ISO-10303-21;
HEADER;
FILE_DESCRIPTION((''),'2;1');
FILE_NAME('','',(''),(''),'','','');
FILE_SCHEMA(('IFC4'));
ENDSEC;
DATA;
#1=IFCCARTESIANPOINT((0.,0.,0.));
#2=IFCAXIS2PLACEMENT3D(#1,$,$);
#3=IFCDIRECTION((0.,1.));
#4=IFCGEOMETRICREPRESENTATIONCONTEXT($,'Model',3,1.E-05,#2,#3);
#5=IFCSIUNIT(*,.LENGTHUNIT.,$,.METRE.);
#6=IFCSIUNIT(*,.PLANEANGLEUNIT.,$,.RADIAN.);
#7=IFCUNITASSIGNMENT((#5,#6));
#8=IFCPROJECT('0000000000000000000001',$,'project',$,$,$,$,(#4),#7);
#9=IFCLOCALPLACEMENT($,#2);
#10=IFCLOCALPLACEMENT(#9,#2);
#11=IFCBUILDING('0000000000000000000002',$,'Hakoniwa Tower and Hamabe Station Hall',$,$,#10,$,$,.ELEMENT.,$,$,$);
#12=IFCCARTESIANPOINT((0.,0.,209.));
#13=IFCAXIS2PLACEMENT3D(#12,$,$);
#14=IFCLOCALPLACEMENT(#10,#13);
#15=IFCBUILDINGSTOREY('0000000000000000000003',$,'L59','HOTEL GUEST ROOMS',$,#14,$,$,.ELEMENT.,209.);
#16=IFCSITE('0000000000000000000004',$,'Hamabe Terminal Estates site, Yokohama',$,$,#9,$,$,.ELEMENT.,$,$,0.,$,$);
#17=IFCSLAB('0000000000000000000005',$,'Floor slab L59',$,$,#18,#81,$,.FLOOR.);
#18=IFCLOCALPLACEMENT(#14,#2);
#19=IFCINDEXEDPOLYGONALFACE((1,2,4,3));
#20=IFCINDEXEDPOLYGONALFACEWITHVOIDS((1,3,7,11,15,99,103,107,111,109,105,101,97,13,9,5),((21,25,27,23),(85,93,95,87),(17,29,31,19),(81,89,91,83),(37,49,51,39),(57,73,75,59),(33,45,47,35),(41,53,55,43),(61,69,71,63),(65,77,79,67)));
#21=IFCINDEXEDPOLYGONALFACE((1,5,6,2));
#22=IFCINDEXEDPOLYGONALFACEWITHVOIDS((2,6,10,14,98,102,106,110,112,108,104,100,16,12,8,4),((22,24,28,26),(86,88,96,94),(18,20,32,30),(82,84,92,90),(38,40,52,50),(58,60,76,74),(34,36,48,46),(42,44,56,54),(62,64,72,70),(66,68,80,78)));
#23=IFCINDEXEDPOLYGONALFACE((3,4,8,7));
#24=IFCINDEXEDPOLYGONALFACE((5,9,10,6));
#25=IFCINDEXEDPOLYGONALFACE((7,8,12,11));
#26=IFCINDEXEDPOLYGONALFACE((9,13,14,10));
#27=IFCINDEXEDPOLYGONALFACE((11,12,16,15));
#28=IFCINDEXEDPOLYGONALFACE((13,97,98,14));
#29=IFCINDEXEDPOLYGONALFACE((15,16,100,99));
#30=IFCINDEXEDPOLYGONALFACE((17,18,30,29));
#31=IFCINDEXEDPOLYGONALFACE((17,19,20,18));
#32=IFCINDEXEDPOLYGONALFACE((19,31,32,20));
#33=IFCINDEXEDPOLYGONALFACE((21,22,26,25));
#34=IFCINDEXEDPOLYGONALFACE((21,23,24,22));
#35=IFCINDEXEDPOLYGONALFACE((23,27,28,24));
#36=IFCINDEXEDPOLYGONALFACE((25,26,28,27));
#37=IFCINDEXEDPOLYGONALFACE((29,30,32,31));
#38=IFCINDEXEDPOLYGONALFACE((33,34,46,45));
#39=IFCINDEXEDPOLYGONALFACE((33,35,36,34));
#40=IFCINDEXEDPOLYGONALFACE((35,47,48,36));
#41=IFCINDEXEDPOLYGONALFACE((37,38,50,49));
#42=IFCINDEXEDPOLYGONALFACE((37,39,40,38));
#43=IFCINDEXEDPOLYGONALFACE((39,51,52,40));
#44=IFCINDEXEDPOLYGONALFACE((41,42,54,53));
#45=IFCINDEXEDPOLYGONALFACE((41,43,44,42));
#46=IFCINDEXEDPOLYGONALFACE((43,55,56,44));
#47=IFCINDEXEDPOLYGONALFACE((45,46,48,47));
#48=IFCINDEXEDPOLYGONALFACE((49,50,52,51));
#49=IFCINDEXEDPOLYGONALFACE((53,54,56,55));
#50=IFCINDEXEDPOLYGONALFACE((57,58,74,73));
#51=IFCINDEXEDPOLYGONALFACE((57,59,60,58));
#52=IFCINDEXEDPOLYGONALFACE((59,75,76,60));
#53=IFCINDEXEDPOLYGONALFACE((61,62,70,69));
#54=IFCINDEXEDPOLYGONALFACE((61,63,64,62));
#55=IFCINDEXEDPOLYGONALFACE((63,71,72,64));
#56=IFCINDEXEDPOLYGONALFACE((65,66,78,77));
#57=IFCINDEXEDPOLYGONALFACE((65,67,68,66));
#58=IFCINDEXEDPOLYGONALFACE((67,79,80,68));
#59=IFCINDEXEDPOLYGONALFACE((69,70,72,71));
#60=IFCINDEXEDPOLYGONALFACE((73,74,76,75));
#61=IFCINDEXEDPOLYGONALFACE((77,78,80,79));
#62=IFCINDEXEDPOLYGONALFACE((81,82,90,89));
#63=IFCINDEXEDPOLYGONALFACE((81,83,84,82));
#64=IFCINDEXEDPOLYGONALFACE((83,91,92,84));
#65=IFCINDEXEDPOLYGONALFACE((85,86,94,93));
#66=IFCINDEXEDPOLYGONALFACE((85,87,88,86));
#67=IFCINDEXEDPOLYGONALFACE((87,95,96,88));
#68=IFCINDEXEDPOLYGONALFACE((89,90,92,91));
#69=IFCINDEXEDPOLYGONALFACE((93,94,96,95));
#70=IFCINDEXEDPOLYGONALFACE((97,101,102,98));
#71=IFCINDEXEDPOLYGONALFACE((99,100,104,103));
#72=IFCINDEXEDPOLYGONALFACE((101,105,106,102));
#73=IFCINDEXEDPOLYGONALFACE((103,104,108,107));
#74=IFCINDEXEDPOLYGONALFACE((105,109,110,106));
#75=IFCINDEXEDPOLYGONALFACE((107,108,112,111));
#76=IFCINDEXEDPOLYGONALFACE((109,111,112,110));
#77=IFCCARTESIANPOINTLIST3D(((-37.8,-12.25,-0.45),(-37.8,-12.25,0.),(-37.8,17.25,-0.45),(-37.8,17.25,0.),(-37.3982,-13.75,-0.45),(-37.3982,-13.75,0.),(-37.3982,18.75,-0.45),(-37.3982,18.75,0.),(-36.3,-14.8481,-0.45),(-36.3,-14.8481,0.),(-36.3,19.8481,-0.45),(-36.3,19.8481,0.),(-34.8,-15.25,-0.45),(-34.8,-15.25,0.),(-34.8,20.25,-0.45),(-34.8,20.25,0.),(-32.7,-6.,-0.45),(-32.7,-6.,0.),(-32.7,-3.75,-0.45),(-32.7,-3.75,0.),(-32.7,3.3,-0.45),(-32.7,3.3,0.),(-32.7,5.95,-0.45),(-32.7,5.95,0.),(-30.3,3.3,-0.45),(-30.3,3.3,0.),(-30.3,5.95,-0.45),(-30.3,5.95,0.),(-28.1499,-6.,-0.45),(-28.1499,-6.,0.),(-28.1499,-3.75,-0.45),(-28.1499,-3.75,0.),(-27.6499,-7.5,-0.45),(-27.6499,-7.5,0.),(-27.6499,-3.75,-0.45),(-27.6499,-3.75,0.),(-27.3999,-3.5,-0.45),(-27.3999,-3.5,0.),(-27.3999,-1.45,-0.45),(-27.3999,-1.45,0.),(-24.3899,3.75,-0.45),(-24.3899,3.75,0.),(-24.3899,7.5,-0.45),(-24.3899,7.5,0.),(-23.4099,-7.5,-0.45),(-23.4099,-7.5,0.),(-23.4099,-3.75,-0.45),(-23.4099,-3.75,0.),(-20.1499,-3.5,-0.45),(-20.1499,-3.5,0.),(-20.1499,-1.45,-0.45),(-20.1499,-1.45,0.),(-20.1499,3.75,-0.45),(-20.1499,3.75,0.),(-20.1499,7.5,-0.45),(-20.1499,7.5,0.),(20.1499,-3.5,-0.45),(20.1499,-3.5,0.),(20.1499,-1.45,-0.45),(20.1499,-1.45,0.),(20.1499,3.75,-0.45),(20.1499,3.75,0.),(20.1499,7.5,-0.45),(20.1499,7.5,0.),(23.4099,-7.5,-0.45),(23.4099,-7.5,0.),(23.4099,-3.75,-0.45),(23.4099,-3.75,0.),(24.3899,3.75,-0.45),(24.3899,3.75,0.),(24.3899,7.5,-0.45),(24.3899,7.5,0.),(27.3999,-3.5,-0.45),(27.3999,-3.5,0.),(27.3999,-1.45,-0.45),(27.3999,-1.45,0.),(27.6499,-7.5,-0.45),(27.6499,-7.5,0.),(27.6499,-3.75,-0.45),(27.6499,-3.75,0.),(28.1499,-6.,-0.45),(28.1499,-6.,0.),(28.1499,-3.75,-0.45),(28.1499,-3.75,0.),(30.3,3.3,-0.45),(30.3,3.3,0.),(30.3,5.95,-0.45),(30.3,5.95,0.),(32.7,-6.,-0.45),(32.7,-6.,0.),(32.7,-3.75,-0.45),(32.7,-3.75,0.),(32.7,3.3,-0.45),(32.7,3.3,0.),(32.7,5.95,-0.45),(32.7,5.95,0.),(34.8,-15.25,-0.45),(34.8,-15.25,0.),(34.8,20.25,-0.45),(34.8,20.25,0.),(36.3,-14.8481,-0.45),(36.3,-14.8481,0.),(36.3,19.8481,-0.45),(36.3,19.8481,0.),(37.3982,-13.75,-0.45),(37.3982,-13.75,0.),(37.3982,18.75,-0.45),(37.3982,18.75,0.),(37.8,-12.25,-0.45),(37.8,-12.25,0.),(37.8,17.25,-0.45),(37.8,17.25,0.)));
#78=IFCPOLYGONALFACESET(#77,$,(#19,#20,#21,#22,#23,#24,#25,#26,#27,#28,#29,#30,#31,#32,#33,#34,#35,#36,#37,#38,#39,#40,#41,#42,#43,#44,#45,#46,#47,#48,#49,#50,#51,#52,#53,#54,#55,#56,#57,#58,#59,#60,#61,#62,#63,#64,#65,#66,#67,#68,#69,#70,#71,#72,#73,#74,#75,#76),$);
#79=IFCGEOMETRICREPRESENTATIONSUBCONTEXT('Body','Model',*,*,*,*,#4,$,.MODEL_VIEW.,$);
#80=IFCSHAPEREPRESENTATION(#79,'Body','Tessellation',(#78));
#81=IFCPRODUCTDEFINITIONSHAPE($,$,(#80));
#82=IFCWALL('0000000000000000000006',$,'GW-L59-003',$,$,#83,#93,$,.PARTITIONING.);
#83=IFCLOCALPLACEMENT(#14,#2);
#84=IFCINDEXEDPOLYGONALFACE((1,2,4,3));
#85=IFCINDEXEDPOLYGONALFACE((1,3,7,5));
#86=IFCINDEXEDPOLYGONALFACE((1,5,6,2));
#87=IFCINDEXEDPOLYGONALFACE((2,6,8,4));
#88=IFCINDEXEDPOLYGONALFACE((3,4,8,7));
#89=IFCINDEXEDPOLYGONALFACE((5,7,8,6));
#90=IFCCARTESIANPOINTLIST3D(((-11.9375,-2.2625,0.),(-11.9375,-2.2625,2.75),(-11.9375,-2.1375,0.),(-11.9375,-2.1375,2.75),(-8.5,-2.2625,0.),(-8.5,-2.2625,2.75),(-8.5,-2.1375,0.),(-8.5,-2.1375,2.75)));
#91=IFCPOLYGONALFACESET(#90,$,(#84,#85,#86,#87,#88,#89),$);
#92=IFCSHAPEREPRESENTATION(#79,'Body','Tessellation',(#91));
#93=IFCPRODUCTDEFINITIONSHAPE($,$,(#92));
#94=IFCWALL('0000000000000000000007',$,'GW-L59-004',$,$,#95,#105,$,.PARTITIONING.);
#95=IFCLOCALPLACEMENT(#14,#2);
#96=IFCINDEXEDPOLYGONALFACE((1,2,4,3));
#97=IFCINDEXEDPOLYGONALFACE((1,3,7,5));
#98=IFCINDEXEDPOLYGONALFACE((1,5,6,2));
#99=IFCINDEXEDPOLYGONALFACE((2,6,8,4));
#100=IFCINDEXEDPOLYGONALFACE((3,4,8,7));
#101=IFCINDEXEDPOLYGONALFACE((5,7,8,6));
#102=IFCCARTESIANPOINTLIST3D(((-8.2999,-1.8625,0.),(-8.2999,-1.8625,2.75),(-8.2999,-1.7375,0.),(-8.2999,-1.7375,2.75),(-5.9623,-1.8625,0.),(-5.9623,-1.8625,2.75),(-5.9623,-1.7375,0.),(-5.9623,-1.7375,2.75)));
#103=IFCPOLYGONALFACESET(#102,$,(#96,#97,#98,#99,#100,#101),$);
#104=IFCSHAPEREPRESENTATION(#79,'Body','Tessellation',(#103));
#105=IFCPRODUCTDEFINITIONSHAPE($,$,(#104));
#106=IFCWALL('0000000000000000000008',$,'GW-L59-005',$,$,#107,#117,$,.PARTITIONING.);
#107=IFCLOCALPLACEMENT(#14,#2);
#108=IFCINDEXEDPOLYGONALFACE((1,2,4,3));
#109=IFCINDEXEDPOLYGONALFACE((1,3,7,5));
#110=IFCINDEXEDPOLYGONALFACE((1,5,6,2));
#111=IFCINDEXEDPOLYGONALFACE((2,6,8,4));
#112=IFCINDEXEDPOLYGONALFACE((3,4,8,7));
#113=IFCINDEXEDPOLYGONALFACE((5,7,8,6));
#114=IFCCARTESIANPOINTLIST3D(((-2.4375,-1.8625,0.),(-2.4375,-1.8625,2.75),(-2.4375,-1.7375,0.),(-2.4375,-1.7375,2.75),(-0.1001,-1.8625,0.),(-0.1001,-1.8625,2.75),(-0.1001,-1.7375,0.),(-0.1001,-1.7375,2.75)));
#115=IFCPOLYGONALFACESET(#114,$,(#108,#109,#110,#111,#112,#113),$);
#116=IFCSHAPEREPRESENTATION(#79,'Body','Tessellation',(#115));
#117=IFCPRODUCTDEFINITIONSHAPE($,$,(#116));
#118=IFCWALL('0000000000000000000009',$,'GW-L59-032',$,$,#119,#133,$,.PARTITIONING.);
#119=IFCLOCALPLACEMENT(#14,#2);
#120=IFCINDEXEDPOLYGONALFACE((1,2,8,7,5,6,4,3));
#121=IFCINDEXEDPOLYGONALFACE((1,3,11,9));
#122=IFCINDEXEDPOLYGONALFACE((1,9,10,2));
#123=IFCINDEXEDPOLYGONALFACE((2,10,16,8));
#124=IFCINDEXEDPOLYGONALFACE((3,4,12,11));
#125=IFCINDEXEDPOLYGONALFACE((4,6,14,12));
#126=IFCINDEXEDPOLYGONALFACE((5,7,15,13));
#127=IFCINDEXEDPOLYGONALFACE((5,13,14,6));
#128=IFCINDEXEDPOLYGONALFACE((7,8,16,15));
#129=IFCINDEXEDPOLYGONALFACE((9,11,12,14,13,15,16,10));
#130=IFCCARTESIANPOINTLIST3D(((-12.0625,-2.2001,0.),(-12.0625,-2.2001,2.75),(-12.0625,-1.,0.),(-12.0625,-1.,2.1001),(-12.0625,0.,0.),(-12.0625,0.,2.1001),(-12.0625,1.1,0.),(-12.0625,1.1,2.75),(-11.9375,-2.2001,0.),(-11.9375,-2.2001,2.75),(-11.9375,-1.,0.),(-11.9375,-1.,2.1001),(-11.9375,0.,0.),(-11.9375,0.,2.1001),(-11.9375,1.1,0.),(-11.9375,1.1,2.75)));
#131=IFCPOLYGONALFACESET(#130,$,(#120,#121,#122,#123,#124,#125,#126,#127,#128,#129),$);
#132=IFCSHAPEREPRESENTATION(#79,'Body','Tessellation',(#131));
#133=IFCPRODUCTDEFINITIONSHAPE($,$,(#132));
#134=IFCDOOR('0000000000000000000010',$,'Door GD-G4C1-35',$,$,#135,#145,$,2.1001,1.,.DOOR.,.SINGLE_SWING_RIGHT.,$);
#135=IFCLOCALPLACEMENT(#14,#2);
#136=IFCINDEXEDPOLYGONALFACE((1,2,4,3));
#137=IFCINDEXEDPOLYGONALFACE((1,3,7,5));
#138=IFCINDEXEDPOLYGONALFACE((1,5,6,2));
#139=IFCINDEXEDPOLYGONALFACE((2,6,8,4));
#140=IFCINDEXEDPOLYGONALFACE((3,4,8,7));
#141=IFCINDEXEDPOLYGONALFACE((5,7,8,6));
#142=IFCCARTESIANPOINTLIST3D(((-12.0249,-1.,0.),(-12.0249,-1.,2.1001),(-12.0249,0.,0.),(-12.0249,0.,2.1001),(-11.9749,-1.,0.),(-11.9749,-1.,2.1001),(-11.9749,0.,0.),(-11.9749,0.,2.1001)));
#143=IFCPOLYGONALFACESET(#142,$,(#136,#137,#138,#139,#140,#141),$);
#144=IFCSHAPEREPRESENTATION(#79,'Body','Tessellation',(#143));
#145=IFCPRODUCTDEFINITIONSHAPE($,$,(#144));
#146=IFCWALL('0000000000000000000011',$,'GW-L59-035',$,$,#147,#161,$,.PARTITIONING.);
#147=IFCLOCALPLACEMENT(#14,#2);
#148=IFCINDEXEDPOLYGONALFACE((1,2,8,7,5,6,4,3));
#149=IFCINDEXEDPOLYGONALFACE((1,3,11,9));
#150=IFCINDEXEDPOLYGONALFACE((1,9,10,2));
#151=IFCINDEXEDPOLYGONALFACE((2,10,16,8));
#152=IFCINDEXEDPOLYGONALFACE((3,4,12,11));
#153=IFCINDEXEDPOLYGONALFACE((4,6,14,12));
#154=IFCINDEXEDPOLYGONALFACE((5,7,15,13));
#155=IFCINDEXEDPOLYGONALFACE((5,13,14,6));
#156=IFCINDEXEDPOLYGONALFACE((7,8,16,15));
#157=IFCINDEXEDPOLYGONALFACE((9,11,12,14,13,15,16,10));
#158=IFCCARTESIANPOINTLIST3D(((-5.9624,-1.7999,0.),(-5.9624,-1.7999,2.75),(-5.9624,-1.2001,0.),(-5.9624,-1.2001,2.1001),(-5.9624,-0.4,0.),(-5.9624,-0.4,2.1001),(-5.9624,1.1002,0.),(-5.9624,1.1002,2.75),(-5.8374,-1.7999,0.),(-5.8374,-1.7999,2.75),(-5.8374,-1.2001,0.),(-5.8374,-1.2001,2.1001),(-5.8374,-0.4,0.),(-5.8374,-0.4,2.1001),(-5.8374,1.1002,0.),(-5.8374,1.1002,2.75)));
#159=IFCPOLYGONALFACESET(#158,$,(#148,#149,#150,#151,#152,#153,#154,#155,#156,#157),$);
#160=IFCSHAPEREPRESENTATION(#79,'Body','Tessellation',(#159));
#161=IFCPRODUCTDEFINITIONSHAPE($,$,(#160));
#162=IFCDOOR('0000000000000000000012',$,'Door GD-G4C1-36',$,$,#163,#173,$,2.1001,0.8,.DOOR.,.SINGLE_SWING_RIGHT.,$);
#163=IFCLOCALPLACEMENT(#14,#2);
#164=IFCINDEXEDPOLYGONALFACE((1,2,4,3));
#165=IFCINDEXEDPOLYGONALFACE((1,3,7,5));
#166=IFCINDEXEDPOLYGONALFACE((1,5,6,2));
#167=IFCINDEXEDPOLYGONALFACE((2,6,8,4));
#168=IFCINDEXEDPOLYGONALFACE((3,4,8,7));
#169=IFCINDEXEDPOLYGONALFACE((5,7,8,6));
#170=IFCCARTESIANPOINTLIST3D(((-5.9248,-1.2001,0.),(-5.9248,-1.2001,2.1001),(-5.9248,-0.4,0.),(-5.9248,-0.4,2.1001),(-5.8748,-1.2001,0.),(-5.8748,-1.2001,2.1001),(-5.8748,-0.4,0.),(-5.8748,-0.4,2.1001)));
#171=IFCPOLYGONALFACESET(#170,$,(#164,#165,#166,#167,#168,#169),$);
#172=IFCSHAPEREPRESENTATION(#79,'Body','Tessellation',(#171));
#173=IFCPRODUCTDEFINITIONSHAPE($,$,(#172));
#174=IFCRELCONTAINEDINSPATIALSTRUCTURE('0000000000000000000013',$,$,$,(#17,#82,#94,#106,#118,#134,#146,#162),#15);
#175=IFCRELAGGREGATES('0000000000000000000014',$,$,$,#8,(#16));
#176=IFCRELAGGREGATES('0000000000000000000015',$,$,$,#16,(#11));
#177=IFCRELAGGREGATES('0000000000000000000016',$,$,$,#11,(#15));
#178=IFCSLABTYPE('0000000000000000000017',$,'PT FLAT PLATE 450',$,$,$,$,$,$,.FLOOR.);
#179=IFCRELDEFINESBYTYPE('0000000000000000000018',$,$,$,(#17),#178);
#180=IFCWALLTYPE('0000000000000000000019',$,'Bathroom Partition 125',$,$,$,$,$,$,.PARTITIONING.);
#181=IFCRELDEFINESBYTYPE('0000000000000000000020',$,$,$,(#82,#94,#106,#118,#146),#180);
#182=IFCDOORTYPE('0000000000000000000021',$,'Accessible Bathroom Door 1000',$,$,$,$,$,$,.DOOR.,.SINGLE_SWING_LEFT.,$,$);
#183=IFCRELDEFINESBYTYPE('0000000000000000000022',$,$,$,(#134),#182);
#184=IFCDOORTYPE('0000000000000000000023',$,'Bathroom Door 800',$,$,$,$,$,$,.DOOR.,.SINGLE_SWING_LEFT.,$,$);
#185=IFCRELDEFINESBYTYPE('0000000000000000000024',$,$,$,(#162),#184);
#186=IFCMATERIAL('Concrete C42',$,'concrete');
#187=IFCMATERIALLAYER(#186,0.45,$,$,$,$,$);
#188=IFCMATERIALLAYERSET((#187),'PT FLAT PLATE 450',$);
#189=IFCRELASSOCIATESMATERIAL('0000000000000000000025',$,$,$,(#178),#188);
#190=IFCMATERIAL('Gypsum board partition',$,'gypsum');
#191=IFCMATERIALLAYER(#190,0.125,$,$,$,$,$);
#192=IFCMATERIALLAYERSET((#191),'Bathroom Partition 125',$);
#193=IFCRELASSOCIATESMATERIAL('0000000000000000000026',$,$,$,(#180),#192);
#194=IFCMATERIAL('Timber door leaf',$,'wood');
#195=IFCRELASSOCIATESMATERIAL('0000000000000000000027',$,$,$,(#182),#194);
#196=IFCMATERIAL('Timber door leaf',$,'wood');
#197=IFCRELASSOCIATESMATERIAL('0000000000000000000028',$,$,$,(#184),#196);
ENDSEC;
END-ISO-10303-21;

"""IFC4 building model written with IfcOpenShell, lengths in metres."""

from ifc_helpers import new_model, si_unit, direction, frame, frame_2d, origin, place, context, subcontext, project, spatial, polyline, rectangle, outline, extrude, material, layer, layer_set, type_object, element, fill, save


model = new_model("IFC4")

# Units and contexts
model_context = context("Model", 3, precision=1e-05, world=origin(), true_north=direction((0.0, 1.0)))
body_context = subcontext(model_context, "Body", "Model", "MODEL_VIEW")
ifc_project = project(units=[si_unit("LENGTHUNIT", "METRE"), si_unit("PLANEANGLEUNIT", "RADIAN")], contexts=[model_context])

# Site, building, storey
site_placement = place(None, origin())
site = spatial("IfcSite", under=ifc_project, at=site_placement, Name="Hamabe Terminal Estates site, Yokohama", CompositionType="ELEMENT", RefElevation=0.0)
building_placement = place(site_placement, origin())
building = spatial("IfcBuilding", under=site, at=building_placement, Name="Hakoniwa Tower and Hamabe Station Hall", CompositionType="ELEMENT")
storey_placement = place(building_placement, frame((0.0, 0.0, 209.0)))
storey = spatial("IfcBuildingStorey", under=building, at=storey_placement, Name="L59", Description="HOTEL GUEST ROOMS", CompositionType="ELEMENT", Elevation=209.0)

# Slab
ifc_material_1 = material(Name="Concrete C42", Category="concrete")
ifc_layer_1 = layer(ifc_material_1, 0.45)
ifc_layer_set_1 = layer_set([ifc_layer_1], Name="PT FLAT PLATE 450")
slab_type = type_object("IfcSlabType", Name="PT FLAT PLATE 450", PredefinedType="FLOOR", material=ifc_layer_set_1)
slab_placement = place(storey_placement, frame((0.0, 0.0, -0.45)))
element("IfcSlab", 1, at=slab_placement, inside=storey, type_object=slab_type, Name="Floor slab L59", PredefinedType="FLOOR", context=body_context, shape_type="SweptSolid", body=[
    extrude(outline(polyline([(37.8, -12.25), (37.8, 17.25), (37.3982, 18.75), (36.3, 19.8481), (34.8, 20.25), (-34.8, 20.25), (-36.3, 19.8481), (-37.3982, 18.75), (-37.8, 17.25), (-37.8, -12.25), (-37.3982, -13.75), (-36.3, -14.8481), (-34.8, -15.25), (34.8, -15.25), (36.3, -14.8481), (37.3982, -13.75), (37.8, -12.25)]), holes=[polyline([(-27.3999, -3.5), (-27.3999, -1.45), (-20.1499, -1.45), (-20.1499, -3.5), (-27.3999, -3.5)]), polyline([(-32.7, 3.3), (-32.7, 5.95), (-30.3, 5.95), (-30.3, 3.3), (-32.7, 3.3)]), polyline([(-32.7, -6.0), (-32.7, -3.75), (-28.1499, -3.75), (-28.1499, -6.0), (-32.7, -6.0)]), polyline([(-24.3899, 3.75), (-24.3899, 7.5), (-20.1499, 7.5), (-20.1499, 3.75), (-24.3899, 3.75)]), polyline([(-27.6499, -7.5), (-27.6499, -3.75), (-23.4099, -3.75), (-23.4099, -7.5), (-27.6499, -7.5)]), polyline([(20.1499, -3.5), (20.1499, -1.45), (27.3999, -1.45), (27.3999, -3.5), (20.1499, -3.5)]), polyline([(30.3, 3.3), (30.3, 5.95), (32.7, 5.95), (32.7, 3.3), (30.3, 3.3)]), polyline([(28.1499, -6.0), (28.1499, -3.75), (32.7, -3.75), (32.7, -6.0), (28.1499, -6.0)]), polyline([(20.1499, 3.75), (20.1499, 7.5), (24.3899, 7.5), (24.3899, 3.75), (20.1499, 3.75)]), polyline([(23.4099, -7.5), (23.4099, -3.75), (27.6499, -3.75), (27.6499, -7.5), (23.4099, -7.5)])]), origin(), (0.0, 0.0, 1.0), 0.45),
])

# Walls
ifc_material_2 = material(Name="Gypsum board partition", Category="gypsum")
ifc_layer_2 = layer(ifc_material_2, 0.125)
ifc_layer_set_2 = layer_set([ifc_layer_2], Name="Bathroom Partition 125")
wall_type_1 = type_object("IfcWallType", Name="Bathroom Partition 125", PredefinedType="PARTITIONING", material=ifc_layer_set_2)
wall_1_placement = place(storey_placement, frame((-11.9375, -2.2, 0.0), z_axis=(0.0, 0.0, 1.0), x_axis=(1.0, 0.0, 0.0)))
element("IfcWall", 2, at=wall_1_placement, inside=storey, type_object=wall_type_1, Name="GW-L59-003", PredefinedType="PARTITIONING", context=body_context, shape_type="SweptSolid", body=[
    extrude(rectangle(XDim=3.4375, YDim=0.125, at=frame_2d((1.7188, 0.0))), origin(), (0.0, 0.0, 1.0), 2.75),
])
wall_2_placement = place(storey_placement, frame((-8.3, -1.8, 0.0), z_axis=(0.0, 0.0, 1.0), x_axis=(1.0, 0.0, 0.0)))
element("IfcWall", 3, at=wall_2_placement, inside=storey, type_object=wall_type_1, Name="GW-L59-004", PredefinedType="PARTITIONING", context=body_context, shape_type="SweptSolid", body=[
    extrude(rectangle(XDim=2.3376, YDim=0.125, at=frame_2d((1.1689, 0.0))), origin(), (0.0, 0.0, 1.0), 2.75),
])
wall_3_placement = place(storey_placement, frame((-2.4375, -1.8, 0.0), z_axis=(0.0, 0.0, 1.0), x_axis=(1.0, 0.0, 0.0)))
element("IfcWall", 4, at=wall_3_placement, inside=storey, type_object=wall_type_1, Name="GW-L59-005", PredefinedType="PARTITIONING", context=body_context, shape_type="SweptSolid", body=[
    extrude(rectangle(XDim=2.3374, YDim=0.125, at=frame_2d((1.1687, 0.0))), origin(), (0.0, 0.0, 1.0), 2.75),
])

# Walls, openings, doors
wall_4_placement = place(storey_placement, frame((-12.0, -2.2, 0.0), z_axis=(0.0, 0.0, 1.0), x_axis=(0.0, 1.0, 0.0)))
wall_4 = element("IfcWall", 5, at=wall_4_placement, inside=storey, type_object=wall_type_1, Name="GW-L59-032", PredefinedType="PARTITIONING", context=body_context, shape_type="SweptSolid", body=[
    extrude(rectangle(XDim=3.3, YDim=0.125, at=frame_2d((1.6499, 0.0))), origin(), (0.0, 0.0, 1.0), 2.75),
])
opening_1_placement = place(wall_4_placement, frame((1.2, 0.0, 0.0)))
opening_1 = element("IfcOpeningElement", 6, at=opening_1_placement, cuts=wall_4, PredefinedType="OPENING", context=body_context, shape_type="SweptSolid", body=[
    extrude(rectangle(XDim=1.0, YDim=2.1001, at=frame_2d((0.5, 1.05))), frame((0.0, 0.0725, 0.0), z_axis=(0.0, -1.0, 0.0), x_axis=(1.0, 0.0, 0.0)), (0.0, 0.0, 1.0), 0.145),
])
ifc_material_3 = material(Name="Timber door leaf", Category="wood")
door_type_1 = type_object("IfcDoorType", Name="Accessible Bathroom Door 1000", OperationType="SINGLE_SWING_LEFT", PredefinedType="DOOR", material=ifc_material_3)
door_1_placement = place(opening_1_placement, origin())
door_1 = element("IfcDoor", 7, at=door_1_placement, inside=storey, type_object=door_type_1, Name="Door GD-G4C1-35", OperationType="SINGLE_SWING_RIGHT", OverallHeight=2.1001, OverallWidth=1.0, PredefinedType="DOOR", context=body_context, shape_type="SweptSolid", body=[
    extrude(rectangle(XDim=1.0, YDim=2.1001, at=frame_2d((0.5, 1.05))), frame((0.0, 0.0249, 0.0), z_axis=(0.0, -1.0, 0.0), x_axis=(1.0, 0.0, 0.0)), (0.0, 0.0, 1.0), 0.05),
])
fill(opening_1, door_1)
wall_5_placement = place(storey_placement, frame((-5.8999, -1.8, 0.0), z_axis=(0.0, 0.0, 1.0), x_axis=(0.0, 1.0, 0.0)))
wall_5 = element("IfcWall", 8, at=wall_5_placement, inside=storey, type_object=wall_type_1, Name="GW-L59-035", PredefinedType="PARTITIONING", context=body_context, shape_type="SweptSolid", body=[
    extrude(rectangle(XDim=2.9001, YDim=0.125, at=frame_2d((1.4502, 0.0))), origin(), (0.0, 0.0, 1.0), 2.75),
])
opening_2_placement = place(wall_5_placement, frame((0.6001, 0.0, 0.0)))
opening_2 = element("IfcOpeningElement", 9, at=opening_2_placement, cuts=wall_5, PredefinedType="OPENING", context=body_context, shape_type="SweptSolid", body=[
    extrude(rectangle(XDim=0.8, YDim=2.1001, at=frame_2d((0.3999, 1.05))), frame((0.0, 0.0725, 0.0), z_axis=(0.0, -1.0, 0.0), x_axis=(1.0, 0.0, 0.0)), (0.0, 0.0, 1.0), 0.145),
])
ifc_material_4 = material(Name="Timber door leaf", Category="wood")
door_type_2 = type_object("IfcDoorType", Name="Bathroom Door 800", OperationType="SINGLE_SWING_LEFT", PredefinedType="DOOR", material=ifc_material_4)
door_2_placement = place(opening_2_placement, origin())
door_2 = element("IfcDoor", 10, at=door_2_placement, inside=storey, type_object=door_type_2, Name="Door GD-G4C1-36", OperationType="SINGLE_SWING_RIGHT", OverallHeight=2.1001, OverallWidth=0.8, PredefinedType="DOOR", context=body_context, shape_type="SweptSolid", body=[
    extrude(rectangle(XDim=0.8, YDim=2.1001, at=frame_2d((0.3999, 1.05))), frame((0.0, 0.0249, 0.0), z_axis=(0.0, -1.0, 0.0), x_axis=(1.0, 0.0, 0.0)), (0.0, 0.0, 1.0), 0.05),
])
fill(opening_2, door_2)

save(model, "model.ifc")
